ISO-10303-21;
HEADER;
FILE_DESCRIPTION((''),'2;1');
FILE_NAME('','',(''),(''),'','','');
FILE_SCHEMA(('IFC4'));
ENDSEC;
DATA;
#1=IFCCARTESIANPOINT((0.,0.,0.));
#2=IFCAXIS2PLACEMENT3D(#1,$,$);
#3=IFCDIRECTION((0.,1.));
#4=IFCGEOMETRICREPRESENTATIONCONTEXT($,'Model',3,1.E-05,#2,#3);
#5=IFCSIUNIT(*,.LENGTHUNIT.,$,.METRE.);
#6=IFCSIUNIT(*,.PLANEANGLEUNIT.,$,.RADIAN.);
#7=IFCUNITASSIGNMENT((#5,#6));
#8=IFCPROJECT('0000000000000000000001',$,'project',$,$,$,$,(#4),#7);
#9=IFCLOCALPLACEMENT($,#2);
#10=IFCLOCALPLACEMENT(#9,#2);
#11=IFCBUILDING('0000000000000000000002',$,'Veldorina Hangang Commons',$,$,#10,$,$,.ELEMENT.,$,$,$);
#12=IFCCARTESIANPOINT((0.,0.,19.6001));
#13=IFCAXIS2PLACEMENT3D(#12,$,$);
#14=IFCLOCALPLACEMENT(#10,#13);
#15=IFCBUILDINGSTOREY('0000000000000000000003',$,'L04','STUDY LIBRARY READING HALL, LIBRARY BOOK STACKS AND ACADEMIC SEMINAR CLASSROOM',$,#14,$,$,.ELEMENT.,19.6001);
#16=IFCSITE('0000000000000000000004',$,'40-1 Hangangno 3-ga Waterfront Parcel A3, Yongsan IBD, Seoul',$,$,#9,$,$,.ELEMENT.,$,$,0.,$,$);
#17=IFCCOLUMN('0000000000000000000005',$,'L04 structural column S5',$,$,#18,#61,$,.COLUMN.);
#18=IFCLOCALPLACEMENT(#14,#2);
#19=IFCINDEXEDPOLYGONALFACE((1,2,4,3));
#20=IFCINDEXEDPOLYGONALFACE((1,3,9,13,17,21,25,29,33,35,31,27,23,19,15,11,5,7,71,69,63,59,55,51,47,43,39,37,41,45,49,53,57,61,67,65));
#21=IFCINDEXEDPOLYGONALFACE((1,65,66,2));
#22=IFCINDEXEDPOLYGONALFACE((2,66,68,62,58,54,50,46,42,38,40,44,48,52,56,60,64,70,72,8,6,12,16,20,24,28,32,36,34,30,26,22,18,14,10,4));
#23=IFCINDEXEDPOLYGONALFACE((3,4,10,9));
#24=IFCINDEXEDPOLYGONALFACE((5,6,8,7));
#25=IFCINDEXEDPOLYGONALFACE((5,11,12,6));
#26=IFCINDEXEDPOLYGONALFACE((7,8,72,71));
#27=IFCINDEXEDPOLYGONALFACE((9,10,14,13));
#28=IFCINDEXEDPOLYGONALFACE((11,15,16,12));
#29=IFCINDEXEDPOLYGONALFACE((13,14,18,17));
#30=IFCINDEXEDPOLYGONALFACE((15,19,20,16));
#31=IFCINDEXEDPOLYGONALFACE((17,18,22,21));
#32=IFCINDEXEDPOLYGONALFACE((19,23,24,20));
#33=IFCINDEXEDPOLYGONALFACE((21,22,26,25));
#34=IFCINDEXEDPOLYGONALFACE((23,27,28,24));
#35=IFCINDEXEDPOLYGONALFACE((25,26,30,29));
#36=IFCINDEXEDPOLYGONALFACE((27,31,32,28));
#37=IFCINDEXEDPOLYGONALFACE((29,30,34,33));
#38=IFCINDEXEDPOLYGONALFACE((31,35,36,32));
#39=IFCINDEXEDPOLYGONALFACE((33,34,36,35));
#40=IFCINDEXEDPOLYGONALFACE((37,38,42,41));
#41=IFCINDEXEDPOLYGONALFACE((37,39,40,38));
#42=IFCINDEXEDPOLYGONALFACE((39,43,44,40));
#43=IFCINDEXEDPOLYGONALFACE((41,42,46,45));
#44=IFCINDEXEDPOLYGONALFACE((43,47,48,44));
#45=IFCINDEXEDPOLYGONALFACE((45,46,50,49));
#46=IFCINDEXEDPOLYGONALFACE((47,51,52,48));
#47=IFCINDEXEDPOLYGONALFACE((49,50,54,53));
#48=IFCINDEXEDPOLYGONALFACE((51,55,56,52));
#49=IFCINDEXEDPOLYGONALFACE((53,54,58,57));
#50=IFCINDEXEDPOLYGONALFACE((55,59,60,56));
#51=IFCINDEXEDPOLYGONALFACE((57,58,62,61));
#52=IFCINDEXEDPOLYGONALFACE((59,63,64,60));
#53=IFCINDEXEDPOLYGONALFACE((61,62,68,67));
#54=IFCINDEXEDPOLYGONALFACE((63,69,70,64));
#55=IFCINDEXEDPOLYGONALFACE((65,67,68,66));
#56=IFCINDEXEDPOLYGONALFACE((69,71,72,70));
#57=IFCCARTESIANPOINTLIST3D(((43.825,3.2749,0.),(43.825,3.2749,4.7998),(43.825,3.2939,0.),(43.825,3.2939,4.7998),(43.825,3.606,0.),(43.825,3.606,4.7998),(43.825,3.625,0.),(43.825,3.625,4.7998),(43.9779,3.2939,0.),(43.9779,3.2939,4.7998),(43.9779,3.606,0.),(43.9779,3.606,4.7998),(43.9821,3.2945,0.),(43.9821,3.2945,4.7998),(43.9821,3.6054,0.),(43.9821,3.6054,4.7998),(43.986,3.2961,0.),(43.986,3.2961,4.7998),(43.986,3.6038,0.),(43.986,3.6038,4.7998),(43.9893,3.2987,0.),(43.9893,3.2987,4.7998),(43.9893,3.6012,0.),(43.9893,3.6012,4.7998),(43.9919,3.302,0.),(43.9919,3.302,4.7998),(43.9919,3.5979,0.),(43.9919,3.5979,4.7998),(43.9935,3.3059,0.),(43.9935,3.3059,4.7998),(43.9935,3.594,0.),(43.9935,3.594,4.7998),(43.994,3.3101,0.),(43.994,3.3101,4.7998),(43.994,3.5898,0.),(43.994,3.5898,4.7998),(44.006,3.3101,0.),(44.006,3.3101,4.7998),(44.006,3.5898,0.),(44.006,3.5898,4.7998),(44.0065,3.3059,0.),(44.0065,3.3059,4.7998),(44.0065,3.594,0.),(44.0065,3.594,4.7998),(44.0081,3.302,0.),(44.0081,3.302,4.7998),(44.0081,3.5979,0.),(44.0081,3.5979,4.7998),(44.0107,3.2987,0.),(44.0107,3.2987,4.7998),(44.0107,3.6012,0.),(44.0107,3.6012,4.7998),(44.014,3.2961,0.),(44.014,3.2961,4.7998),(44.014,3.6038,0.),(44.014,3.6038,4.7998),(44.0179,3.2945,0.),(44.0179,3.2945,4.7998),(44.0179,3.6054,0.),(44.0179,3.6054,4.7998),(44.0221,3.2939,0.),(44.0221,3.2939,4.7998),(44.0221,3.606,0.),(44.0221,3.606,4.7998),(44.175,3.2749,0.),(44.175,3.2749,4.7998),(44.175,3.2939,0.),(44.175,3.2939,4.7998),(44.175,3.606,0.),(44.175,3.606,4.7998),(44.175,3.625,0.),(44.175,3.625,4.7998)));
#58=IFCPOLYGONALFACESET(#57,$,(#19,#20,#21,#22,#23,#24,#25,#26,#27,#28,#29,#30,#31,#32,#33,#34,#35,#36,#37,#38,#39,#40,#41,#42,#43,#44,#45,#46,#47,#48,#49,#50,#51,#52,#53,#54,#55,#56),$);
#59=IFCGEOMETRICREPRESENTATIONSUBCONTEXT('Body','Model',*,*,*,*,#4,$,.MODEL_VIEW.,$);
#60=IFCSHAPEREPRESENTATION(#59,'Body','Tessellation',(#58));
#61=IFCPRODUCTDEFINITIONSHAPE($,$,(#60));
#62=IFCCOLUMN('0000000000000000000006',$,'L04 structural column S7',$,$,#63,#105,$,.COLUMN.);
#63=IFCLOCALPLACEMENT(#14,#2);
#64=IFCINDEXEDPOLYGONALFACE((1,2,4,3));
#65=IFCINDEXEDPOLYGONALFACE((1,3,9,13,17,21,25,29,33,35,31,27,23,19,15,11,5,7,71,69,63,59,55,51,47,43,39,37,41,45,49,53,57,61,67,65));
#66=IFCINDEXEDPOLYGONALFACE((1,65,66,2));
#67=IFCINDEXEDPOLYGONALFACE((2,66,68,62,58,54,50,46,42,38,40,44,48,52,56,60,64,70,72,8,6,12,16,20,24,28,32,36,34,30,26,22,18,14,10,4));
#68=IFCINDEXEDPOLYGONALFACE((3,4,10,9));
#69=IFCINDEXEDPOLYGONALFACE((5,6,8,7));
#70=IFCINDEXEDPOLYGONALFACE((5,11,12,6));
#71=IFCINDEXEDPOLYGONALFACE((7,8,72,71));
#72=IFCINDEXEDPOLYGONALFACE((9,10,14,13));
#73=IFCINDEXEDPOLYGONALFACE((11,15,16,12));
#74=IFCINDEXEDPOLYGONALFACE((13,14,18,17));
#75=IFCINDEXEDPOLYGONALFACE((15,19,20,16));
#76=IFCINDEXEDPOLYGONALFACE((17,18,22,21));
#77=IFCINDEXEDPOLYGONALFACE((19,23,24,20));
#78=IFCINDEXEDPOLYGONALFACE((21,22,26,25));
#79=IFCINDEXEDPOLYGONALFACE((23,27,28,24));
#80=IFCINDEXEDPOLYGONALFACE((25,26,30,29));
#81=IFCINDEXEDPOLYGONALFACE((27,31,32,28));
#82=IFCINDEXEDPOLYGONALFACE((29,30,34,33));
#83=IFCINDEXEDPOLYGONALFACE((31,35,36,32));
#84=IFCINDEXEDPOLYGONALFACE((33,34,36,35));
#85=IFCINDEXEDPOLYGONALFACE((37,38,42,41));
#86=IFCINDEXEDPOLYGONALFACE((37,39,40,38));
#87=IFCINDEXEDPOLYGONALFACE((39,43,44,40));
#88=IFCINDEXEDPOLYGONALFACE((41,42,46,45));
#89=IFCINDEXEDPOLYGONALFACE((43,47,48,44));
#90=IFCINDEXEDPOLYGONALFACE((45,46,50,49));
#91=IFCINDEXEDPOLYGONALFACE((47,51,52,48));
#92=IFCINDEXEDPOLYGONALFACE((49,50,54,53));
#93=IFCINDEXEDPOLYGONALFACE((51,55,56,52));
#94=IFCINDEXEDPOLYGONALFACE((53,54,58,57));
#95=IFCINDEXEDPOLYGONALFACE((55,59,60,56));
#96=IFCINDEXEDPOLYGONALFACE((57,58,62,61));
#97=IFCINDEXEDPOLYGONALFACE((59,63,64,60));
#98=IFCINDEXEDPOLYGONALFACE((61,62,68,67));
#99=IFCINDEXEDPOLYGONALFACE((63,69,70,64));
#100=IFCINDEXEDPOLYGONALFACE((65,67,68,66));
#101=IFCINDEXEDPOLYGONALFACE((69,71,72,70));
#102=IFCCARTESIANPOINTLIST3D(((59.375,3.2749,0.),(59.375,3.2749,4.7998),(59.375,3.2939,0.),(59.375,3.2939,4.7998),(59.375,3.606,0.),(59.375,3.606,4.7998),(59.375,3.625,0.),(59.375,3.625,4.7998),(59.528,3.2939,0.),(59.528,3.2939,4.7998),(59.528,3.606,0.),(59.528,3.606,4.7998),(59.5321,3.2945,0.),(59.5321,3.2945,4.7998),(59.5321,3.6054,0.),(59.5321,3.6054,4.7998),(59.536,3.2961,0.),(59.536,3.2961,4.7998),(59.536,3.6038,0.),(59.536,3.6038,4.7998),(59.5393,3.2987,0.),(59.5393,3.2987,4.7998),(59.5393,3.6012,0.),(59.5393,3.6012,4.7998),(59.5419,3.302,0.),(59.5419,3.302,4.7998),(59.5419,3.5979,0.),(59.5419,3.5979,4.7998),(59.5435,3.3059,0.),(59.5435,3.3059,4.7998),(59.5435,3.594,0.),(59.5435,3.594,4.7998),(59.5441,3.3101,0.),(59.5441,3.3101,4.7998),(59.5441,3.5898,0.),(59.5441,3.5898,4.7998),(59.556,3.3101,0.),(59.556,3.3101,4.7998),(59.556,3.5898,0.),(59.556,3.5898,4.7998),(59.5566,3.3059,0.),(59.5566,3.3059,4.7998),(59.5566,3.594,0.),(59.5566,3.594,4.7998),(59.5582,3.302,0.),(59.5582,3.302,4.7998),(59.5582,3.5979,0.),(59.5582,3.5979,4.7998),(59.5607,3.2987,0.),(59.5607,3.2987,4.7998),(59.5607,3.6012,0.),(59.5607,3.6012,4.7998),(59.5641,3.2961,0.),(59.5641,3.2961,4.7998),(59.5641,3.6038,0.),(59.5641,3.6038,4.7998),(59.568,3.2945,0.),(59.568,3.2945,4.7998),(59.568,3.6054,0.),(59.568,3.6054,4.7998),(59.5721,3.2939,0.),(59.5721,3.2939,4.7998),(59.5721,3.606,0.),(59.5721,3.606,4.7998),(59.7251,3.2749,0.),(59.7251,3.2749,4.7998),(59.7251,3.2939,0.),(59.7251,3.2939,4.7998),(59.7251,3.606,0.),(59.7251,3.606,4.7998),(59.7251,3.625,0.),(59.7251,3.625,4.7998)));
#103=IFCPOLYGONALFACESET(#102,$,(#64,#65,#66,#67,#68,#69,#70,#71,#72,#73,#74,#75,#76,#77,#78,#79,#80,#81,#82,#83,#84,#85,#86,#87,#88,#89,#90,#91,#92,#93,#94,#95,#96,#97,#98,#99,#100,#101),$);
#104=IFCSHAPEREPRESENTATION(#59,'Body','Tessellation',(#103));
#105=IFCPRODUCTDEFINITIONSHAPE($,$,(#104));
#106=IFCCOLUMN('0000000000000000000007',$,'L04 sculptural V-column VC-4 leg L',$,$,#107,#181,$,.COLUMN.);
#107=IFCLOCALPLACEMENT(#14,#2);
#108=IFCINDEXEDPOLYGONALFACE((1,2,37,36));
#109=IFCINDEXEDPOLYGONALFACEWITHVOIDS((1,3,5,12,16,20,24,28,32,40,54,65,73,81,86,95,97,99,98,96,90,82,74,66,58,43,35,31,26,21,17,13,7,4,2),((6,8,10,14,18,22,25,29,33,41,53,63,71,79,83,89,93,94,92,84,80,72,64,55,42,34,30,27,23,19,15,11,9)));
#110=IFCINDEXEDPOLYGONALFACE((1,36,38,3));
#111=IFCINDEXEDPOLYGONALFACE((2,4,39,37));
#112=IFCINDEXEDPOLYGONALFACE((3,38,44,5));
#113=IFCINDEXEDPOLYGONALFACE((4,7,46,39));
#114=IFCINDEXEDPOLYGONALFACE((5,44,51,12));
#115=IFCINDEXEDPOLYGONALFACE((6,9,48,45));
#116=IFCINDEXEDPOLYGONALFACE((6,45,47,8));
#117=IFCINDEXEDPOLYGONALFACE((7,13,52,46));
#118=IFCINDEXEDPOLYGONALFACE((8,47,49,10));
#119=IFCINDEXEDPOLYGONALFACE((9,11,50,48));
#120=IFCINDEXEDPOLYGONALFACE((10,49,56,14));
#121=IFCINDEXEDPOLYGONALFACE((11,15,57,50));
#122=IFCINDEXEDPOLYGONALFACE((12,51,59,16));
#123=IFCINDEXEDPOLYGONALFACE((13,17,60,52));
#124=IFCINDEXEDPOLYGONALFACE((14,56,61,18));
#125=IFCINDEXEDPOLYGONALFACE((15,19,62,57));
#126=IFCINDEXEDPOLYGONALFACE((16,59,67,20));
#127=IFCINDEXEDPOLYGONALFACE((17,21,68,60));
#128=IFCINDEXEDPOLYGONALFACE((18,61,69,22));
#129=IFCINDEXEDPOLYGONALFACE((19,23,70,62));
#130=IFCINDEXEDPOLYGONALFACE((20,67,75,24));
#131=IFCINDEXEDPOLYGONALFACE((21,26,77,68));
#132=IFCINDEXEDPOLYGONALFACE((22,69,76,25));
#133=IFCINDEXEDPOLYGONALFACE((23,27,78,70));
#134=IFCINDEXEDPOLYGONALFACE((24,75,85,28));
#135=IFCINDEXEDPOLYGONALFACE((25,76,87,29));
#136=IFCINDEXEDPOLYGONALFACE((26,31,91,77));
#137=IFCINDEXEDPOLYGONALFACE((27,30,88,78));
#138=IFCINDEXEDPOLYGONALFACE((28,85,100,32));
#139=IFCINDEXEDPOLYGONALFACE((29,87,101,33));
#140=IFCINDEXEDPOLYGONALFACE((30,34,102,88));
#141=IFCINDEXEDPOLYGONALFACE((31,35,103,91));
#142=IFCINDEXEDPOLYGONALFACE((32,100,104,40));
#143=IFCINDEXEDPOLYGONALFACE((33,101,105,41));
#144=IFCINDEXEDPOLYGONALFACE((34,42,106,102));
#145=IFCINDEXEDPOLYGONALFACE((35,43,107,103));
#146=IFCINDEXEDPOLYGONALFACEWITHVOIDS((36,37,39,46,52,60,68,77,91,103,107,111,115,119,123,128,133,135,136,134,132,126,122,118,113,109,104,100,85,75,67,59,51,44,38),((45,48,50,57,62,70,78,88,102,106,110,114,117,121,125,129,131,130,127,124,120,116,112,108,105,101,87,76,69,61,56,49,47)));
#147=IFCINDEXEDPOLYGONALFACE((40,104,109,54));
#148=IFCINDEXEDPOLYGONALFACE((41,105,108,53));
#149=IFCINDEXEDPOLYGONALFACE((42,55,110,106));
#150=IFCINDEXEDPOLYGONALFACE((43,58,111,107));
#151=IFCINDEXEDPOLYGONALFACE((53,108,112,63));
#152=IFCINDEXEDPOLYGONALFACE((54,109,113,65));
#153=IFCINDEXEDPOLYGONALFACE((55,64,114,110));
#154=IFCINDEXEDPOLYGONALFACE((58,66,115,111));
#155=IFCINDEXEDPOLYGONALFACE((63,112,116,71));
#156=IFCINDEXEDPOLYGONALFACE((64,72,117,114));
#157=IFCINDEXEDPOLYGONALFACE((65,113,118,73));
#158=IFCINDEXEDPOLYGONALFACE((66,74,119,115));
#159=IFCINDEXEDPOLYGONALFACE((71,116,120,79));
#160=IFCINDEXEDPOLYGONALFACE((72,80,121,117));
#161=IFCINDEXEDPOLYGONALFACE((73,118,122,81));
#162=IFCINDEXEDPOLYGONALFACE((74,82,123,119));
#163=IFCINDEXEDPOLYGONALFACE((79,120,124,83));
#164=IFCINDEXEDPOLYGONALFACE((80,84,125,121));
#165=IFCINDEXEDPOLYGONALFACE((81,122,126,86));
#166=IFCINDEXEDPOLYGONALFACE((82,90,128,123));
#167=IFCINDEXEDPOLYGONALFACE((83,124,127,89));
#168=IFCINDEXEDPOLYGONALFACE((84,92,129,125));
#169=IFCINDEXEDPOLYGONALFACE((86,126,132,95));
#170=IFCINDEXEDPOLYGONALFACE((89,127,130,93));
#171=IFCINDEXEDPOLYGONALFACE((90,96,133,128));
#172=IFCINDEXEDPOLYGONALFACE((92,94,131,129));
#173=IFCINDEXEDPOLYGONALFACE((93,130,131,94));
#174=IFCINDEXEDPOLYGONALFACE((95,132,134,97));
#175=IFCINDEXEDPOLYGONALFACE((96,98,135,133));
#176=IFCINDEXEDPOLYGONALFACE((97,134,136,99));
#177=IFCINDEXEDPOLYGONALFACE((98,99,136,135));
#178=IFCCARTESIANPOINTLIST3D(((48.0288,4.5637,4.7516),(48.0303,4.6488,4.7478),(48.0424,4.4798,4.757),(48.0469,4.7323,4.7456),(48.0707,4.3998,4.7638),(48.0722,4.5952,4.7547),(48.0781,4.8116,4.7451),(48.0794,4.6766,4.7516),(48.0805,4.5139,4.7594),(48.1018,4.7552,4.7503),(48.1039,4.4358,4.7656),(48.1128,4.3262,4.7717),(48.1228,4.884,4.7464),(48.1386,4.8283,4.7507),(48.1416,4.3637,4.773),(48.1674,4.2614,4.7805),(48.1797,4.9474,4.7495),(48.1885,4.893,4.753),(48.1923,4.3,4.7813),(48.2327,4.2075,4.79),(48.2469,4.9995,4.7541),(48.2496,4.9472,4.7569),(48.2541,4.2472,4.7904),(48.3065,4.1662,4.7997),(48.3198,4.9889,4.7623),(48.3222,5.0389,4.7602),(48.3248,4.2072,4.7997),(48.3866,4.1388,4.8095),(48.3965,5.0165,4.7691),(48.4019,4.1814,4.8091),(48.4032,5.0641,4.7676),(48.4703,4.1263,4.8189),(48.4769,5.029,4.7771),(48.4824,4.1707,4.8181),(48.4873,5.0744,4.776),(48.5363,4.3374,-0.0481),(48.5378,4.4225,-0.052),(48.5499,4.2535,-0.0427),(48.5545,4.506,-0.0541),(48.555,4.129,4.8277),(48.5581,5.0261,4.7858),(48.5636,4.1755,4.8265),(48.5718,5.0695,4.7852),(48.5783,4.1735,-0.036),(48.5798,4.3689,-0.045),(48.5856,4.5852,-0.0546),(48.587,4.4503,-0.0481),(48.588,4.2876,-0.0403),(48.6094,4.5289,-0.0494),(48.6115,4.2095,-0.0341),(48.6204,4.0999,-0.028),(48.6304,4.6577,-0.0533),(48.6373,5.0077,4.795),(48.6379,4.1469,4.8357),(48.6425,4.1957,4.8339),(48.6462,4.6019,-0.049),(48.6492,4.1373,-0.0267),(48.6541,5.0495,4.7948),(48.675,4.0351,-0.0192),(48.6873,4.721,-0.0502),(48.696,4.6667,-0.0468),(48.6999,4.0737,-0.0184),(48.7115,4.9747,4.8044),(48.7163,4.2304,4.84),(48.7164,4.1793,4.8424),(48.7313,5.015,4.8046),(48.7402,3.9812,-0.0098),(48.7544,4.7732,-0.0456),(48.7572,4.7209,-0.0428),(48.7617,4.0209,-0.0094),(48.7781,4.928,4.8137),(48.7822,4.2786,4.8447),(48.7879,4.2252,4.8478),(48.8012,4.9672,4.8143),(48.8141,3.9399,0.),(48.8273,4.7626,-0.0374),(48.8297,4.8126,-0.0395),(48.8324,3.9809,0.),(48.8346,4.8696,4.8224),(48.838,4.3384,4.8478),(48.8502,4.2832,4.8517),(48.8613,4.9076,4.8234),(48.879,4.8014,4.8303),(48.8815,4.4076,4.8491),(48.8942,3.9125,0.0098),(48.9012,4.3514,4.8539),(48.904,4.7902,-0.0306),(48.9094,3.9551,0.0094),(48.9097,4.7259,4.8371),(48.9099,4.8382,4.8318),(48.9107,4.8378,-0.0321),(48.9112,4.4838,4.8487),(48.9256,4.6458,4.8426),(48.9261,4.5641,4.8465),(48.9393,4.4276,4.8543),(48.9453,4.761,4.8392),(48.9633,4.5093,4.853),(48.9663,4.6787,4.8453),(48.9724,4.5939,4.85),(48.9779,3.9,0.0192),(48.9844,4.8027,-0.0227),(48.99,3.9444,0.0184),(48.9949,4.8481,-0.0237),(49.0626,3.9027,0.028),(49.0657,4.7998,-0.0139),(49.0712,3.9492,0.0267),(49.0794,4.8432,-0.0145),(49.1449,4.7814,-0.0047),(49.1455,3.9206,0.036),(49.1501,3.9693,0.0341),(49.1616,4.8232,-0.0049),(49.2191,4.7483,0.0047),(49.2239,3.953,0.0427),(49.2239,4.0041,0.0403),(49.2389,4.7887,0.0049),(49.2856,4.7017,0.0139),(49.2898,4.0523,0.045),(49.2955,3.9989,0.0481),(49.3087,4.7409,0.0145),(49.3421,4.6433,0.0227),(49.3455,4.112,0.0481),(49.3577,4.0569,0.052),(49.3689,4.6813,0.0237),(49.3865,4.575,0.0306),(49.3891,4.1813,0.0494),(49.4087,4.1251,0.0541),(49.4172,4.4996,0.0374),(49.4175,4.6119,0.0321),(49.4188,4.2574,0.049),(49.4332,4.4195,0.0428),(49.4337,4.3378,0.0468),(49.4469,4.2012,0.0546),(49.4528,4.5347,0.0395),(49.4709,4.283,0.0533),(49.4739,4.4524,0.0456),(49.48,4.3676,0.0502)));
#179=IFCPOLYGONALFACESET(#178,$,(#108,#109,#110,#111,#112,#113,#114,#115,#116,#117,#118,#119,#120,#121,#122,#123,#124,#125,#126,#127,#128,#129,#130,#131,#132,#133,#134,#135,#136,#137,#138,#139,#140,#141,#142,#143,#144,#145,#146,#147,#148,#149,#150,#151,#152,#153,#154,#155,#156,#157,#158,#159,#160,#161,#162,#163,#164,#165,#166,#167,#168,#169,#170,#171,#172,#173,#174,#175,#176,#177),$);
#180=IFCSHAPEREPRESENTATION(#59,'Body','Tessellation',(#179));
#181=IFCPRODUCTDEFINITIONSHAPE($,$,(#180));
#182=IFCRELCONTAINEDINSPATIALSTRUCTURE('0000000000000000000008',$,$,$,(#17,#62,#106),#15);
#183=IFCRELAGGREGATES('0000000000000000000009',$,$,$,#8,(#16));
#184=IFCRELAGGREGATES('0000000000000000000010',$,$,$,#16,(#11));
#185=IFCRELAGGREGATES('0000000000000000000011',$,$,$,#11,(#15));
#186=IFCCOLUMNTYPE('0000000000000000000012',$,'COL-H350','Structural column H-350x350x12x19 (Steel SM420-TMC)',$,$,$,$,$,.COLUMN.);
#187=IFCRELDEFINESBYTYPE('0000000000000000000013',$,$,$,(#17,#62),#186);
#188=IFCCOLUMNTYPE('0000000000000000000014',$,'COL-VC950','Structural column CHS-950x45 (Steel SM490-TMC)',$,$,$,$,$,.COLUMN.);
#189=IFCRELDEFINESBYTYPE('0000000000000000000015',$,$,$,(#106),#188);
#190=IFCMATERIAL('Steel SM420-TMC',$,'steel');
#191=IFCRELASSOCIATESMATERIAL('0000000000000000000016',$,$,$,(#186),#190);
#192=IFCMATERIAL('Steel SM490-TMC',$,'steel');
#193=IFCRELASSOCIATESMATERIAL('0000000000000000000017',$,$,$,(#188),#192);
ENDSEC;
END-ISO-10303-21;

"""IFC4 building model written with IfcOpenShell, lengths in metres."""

from ifc_helpers import new_model, si_unit, direction, frame, origin, origin_2d, place, context, subcontext, project, spatial, hollow_circle, i_section, extrude, material, material_profile, profile_set, type_object, element, save


model = new_model("IFC4")

# Units and contexts
model_context = context("Model", 3, precision=1e-05, world=origin(), true_north=direction((0.0, 1.0)))
body_context = subcontext(model_context, "Body", "Model", "MODEL_VIEW")
ifc_project = project(units=[si_unit("LENGTHUNIT", "METRE"), si_unit("PLANEANGLEUNIT", "RADIAN")], contexts=[model_context])

# Site, building, storey
site_placement = place(None, origin())
site = spatial("IfcSite", under=ifc_project, at=site_placement, Name="40-1 Hangangno 3-ga Waterfront Parcel A3, Yongsan IBD, Seoul", CompositionType="ELEMENT", RefElevation=0.0)
building_placement = place(site_placement, origin())
building = spatial("IfcBuilding", under=site, at=building_placement, Name="Veldorina Hangang Commons", CompositionType="ELEMENT")
storey_placement = place(building_placement, frame((0.0, 0.0, 19.6001)))
storey = spatial("IfcBuildingStorey", under=building, at=storey_placement, Name="L04", Description="STUDY LIBRARY READING HALL, LIBRARY BOOK STACKS AND ACADEMIC SEMINAR CLASSROOM", CompositionType="ELEMENT", Elevation=19.6001)

# Columns
ifc_material_1 = material(Name="Steel SM420-TMC", Category="steel")
ifc_material_profile_1 = material_profile(ifc_material_1, i_section(OverallWidth=0.3501, OverallDepth=0.3501, WebThickness=0.012, FlangeThickness=0.019, FilletRadius=0.0161, at=origin_2d()), Name="H-350x350x12x19")
ifc_profile_set_1 = profile_set([ifc_material_profile_1], Name="Steel SM420-TMC")
column_type_1 = type_object("IfcColumnType", Name="COL-H350", Description="Structural column H-350x350x12x19 (Steel SM420-TMC)", PredefinedType="COLUMN", material=ifc_profile_set_1)
for number, where, z_axis, x_axis, name in (
    (1, (44.0, 3.45, 0.0), (0.0, 0.0, 1.0), (1.0, 0.0, 0.0), "L04 structural column S5"),
    (2, (59.55, 3.45, 0.0), (0.0, 0.0, 1.0), (1.0, 0.0, 0.0), "L04 structural column S7"),
):
    element("IfcColumn", number, at=place(storey_placement, frame(where, z_axis=z_axis, x_axis=x_axis)), inside=storey, type_object=column_type_1, Name=name, PredefinedType="COLUMN", context=body_context, shape_type="SweptSolid", body=[
        extrude(i_section(OverallWidth=0.3501, OverallDepth=0.3501, WebThickness=0.012, FlangeThickness=0.019, FilletRadius=0.0161, at=origin_2d()), origin(), (0.0, 0.0, 1.0), 4.7998),
    ])
ifc_material_2 = material(Name="Steel SM490-TMC", Category="steel")
ifc_material_profile_2 = material_profile(ifc_material_2, hollow_circle(Radius=0.4751, WallThickness=0.0449, at=origin_2d()), Name="CHS-950x45")
ifc_profile_set_2 = profile_set([ifc_material_profile_2], Name="Steel SM490-TMC")
column_type_2 = type_object("IfcColumnType", Name="COL-VC950", Description="Structural column CHS-950x45 (Steel SM490-TMC)", PredefinedType="COLUMN", material=ifc_profile_set_2)
for number, where, z_axis, x_axis, name in (
    (3, (49.0076, 4.3738, 0.0), (-0.105046, 0.046839, 0.993364), (-0.407239, -0.913322, 0.0), "L04 sculptural V-column VC-4 leg L"),
):
    element("IfcColumn", number, at=place(storey_placement, frame(where, z_axis=z_axis, x_axis=x_axis)), inside=storey, type_object=column_type_2, Name=name, PredefinedType="COLUMN", context=body_context, shape_type="SweptSolid", body=[
        extrude(hollow_circle(Radius=0.4751, WallThickness=0.0449, at=origin_2d()), origin(), (0.0, 0.0, 1.0), 4.8318),
    ])

save(model, "model.ifc")
